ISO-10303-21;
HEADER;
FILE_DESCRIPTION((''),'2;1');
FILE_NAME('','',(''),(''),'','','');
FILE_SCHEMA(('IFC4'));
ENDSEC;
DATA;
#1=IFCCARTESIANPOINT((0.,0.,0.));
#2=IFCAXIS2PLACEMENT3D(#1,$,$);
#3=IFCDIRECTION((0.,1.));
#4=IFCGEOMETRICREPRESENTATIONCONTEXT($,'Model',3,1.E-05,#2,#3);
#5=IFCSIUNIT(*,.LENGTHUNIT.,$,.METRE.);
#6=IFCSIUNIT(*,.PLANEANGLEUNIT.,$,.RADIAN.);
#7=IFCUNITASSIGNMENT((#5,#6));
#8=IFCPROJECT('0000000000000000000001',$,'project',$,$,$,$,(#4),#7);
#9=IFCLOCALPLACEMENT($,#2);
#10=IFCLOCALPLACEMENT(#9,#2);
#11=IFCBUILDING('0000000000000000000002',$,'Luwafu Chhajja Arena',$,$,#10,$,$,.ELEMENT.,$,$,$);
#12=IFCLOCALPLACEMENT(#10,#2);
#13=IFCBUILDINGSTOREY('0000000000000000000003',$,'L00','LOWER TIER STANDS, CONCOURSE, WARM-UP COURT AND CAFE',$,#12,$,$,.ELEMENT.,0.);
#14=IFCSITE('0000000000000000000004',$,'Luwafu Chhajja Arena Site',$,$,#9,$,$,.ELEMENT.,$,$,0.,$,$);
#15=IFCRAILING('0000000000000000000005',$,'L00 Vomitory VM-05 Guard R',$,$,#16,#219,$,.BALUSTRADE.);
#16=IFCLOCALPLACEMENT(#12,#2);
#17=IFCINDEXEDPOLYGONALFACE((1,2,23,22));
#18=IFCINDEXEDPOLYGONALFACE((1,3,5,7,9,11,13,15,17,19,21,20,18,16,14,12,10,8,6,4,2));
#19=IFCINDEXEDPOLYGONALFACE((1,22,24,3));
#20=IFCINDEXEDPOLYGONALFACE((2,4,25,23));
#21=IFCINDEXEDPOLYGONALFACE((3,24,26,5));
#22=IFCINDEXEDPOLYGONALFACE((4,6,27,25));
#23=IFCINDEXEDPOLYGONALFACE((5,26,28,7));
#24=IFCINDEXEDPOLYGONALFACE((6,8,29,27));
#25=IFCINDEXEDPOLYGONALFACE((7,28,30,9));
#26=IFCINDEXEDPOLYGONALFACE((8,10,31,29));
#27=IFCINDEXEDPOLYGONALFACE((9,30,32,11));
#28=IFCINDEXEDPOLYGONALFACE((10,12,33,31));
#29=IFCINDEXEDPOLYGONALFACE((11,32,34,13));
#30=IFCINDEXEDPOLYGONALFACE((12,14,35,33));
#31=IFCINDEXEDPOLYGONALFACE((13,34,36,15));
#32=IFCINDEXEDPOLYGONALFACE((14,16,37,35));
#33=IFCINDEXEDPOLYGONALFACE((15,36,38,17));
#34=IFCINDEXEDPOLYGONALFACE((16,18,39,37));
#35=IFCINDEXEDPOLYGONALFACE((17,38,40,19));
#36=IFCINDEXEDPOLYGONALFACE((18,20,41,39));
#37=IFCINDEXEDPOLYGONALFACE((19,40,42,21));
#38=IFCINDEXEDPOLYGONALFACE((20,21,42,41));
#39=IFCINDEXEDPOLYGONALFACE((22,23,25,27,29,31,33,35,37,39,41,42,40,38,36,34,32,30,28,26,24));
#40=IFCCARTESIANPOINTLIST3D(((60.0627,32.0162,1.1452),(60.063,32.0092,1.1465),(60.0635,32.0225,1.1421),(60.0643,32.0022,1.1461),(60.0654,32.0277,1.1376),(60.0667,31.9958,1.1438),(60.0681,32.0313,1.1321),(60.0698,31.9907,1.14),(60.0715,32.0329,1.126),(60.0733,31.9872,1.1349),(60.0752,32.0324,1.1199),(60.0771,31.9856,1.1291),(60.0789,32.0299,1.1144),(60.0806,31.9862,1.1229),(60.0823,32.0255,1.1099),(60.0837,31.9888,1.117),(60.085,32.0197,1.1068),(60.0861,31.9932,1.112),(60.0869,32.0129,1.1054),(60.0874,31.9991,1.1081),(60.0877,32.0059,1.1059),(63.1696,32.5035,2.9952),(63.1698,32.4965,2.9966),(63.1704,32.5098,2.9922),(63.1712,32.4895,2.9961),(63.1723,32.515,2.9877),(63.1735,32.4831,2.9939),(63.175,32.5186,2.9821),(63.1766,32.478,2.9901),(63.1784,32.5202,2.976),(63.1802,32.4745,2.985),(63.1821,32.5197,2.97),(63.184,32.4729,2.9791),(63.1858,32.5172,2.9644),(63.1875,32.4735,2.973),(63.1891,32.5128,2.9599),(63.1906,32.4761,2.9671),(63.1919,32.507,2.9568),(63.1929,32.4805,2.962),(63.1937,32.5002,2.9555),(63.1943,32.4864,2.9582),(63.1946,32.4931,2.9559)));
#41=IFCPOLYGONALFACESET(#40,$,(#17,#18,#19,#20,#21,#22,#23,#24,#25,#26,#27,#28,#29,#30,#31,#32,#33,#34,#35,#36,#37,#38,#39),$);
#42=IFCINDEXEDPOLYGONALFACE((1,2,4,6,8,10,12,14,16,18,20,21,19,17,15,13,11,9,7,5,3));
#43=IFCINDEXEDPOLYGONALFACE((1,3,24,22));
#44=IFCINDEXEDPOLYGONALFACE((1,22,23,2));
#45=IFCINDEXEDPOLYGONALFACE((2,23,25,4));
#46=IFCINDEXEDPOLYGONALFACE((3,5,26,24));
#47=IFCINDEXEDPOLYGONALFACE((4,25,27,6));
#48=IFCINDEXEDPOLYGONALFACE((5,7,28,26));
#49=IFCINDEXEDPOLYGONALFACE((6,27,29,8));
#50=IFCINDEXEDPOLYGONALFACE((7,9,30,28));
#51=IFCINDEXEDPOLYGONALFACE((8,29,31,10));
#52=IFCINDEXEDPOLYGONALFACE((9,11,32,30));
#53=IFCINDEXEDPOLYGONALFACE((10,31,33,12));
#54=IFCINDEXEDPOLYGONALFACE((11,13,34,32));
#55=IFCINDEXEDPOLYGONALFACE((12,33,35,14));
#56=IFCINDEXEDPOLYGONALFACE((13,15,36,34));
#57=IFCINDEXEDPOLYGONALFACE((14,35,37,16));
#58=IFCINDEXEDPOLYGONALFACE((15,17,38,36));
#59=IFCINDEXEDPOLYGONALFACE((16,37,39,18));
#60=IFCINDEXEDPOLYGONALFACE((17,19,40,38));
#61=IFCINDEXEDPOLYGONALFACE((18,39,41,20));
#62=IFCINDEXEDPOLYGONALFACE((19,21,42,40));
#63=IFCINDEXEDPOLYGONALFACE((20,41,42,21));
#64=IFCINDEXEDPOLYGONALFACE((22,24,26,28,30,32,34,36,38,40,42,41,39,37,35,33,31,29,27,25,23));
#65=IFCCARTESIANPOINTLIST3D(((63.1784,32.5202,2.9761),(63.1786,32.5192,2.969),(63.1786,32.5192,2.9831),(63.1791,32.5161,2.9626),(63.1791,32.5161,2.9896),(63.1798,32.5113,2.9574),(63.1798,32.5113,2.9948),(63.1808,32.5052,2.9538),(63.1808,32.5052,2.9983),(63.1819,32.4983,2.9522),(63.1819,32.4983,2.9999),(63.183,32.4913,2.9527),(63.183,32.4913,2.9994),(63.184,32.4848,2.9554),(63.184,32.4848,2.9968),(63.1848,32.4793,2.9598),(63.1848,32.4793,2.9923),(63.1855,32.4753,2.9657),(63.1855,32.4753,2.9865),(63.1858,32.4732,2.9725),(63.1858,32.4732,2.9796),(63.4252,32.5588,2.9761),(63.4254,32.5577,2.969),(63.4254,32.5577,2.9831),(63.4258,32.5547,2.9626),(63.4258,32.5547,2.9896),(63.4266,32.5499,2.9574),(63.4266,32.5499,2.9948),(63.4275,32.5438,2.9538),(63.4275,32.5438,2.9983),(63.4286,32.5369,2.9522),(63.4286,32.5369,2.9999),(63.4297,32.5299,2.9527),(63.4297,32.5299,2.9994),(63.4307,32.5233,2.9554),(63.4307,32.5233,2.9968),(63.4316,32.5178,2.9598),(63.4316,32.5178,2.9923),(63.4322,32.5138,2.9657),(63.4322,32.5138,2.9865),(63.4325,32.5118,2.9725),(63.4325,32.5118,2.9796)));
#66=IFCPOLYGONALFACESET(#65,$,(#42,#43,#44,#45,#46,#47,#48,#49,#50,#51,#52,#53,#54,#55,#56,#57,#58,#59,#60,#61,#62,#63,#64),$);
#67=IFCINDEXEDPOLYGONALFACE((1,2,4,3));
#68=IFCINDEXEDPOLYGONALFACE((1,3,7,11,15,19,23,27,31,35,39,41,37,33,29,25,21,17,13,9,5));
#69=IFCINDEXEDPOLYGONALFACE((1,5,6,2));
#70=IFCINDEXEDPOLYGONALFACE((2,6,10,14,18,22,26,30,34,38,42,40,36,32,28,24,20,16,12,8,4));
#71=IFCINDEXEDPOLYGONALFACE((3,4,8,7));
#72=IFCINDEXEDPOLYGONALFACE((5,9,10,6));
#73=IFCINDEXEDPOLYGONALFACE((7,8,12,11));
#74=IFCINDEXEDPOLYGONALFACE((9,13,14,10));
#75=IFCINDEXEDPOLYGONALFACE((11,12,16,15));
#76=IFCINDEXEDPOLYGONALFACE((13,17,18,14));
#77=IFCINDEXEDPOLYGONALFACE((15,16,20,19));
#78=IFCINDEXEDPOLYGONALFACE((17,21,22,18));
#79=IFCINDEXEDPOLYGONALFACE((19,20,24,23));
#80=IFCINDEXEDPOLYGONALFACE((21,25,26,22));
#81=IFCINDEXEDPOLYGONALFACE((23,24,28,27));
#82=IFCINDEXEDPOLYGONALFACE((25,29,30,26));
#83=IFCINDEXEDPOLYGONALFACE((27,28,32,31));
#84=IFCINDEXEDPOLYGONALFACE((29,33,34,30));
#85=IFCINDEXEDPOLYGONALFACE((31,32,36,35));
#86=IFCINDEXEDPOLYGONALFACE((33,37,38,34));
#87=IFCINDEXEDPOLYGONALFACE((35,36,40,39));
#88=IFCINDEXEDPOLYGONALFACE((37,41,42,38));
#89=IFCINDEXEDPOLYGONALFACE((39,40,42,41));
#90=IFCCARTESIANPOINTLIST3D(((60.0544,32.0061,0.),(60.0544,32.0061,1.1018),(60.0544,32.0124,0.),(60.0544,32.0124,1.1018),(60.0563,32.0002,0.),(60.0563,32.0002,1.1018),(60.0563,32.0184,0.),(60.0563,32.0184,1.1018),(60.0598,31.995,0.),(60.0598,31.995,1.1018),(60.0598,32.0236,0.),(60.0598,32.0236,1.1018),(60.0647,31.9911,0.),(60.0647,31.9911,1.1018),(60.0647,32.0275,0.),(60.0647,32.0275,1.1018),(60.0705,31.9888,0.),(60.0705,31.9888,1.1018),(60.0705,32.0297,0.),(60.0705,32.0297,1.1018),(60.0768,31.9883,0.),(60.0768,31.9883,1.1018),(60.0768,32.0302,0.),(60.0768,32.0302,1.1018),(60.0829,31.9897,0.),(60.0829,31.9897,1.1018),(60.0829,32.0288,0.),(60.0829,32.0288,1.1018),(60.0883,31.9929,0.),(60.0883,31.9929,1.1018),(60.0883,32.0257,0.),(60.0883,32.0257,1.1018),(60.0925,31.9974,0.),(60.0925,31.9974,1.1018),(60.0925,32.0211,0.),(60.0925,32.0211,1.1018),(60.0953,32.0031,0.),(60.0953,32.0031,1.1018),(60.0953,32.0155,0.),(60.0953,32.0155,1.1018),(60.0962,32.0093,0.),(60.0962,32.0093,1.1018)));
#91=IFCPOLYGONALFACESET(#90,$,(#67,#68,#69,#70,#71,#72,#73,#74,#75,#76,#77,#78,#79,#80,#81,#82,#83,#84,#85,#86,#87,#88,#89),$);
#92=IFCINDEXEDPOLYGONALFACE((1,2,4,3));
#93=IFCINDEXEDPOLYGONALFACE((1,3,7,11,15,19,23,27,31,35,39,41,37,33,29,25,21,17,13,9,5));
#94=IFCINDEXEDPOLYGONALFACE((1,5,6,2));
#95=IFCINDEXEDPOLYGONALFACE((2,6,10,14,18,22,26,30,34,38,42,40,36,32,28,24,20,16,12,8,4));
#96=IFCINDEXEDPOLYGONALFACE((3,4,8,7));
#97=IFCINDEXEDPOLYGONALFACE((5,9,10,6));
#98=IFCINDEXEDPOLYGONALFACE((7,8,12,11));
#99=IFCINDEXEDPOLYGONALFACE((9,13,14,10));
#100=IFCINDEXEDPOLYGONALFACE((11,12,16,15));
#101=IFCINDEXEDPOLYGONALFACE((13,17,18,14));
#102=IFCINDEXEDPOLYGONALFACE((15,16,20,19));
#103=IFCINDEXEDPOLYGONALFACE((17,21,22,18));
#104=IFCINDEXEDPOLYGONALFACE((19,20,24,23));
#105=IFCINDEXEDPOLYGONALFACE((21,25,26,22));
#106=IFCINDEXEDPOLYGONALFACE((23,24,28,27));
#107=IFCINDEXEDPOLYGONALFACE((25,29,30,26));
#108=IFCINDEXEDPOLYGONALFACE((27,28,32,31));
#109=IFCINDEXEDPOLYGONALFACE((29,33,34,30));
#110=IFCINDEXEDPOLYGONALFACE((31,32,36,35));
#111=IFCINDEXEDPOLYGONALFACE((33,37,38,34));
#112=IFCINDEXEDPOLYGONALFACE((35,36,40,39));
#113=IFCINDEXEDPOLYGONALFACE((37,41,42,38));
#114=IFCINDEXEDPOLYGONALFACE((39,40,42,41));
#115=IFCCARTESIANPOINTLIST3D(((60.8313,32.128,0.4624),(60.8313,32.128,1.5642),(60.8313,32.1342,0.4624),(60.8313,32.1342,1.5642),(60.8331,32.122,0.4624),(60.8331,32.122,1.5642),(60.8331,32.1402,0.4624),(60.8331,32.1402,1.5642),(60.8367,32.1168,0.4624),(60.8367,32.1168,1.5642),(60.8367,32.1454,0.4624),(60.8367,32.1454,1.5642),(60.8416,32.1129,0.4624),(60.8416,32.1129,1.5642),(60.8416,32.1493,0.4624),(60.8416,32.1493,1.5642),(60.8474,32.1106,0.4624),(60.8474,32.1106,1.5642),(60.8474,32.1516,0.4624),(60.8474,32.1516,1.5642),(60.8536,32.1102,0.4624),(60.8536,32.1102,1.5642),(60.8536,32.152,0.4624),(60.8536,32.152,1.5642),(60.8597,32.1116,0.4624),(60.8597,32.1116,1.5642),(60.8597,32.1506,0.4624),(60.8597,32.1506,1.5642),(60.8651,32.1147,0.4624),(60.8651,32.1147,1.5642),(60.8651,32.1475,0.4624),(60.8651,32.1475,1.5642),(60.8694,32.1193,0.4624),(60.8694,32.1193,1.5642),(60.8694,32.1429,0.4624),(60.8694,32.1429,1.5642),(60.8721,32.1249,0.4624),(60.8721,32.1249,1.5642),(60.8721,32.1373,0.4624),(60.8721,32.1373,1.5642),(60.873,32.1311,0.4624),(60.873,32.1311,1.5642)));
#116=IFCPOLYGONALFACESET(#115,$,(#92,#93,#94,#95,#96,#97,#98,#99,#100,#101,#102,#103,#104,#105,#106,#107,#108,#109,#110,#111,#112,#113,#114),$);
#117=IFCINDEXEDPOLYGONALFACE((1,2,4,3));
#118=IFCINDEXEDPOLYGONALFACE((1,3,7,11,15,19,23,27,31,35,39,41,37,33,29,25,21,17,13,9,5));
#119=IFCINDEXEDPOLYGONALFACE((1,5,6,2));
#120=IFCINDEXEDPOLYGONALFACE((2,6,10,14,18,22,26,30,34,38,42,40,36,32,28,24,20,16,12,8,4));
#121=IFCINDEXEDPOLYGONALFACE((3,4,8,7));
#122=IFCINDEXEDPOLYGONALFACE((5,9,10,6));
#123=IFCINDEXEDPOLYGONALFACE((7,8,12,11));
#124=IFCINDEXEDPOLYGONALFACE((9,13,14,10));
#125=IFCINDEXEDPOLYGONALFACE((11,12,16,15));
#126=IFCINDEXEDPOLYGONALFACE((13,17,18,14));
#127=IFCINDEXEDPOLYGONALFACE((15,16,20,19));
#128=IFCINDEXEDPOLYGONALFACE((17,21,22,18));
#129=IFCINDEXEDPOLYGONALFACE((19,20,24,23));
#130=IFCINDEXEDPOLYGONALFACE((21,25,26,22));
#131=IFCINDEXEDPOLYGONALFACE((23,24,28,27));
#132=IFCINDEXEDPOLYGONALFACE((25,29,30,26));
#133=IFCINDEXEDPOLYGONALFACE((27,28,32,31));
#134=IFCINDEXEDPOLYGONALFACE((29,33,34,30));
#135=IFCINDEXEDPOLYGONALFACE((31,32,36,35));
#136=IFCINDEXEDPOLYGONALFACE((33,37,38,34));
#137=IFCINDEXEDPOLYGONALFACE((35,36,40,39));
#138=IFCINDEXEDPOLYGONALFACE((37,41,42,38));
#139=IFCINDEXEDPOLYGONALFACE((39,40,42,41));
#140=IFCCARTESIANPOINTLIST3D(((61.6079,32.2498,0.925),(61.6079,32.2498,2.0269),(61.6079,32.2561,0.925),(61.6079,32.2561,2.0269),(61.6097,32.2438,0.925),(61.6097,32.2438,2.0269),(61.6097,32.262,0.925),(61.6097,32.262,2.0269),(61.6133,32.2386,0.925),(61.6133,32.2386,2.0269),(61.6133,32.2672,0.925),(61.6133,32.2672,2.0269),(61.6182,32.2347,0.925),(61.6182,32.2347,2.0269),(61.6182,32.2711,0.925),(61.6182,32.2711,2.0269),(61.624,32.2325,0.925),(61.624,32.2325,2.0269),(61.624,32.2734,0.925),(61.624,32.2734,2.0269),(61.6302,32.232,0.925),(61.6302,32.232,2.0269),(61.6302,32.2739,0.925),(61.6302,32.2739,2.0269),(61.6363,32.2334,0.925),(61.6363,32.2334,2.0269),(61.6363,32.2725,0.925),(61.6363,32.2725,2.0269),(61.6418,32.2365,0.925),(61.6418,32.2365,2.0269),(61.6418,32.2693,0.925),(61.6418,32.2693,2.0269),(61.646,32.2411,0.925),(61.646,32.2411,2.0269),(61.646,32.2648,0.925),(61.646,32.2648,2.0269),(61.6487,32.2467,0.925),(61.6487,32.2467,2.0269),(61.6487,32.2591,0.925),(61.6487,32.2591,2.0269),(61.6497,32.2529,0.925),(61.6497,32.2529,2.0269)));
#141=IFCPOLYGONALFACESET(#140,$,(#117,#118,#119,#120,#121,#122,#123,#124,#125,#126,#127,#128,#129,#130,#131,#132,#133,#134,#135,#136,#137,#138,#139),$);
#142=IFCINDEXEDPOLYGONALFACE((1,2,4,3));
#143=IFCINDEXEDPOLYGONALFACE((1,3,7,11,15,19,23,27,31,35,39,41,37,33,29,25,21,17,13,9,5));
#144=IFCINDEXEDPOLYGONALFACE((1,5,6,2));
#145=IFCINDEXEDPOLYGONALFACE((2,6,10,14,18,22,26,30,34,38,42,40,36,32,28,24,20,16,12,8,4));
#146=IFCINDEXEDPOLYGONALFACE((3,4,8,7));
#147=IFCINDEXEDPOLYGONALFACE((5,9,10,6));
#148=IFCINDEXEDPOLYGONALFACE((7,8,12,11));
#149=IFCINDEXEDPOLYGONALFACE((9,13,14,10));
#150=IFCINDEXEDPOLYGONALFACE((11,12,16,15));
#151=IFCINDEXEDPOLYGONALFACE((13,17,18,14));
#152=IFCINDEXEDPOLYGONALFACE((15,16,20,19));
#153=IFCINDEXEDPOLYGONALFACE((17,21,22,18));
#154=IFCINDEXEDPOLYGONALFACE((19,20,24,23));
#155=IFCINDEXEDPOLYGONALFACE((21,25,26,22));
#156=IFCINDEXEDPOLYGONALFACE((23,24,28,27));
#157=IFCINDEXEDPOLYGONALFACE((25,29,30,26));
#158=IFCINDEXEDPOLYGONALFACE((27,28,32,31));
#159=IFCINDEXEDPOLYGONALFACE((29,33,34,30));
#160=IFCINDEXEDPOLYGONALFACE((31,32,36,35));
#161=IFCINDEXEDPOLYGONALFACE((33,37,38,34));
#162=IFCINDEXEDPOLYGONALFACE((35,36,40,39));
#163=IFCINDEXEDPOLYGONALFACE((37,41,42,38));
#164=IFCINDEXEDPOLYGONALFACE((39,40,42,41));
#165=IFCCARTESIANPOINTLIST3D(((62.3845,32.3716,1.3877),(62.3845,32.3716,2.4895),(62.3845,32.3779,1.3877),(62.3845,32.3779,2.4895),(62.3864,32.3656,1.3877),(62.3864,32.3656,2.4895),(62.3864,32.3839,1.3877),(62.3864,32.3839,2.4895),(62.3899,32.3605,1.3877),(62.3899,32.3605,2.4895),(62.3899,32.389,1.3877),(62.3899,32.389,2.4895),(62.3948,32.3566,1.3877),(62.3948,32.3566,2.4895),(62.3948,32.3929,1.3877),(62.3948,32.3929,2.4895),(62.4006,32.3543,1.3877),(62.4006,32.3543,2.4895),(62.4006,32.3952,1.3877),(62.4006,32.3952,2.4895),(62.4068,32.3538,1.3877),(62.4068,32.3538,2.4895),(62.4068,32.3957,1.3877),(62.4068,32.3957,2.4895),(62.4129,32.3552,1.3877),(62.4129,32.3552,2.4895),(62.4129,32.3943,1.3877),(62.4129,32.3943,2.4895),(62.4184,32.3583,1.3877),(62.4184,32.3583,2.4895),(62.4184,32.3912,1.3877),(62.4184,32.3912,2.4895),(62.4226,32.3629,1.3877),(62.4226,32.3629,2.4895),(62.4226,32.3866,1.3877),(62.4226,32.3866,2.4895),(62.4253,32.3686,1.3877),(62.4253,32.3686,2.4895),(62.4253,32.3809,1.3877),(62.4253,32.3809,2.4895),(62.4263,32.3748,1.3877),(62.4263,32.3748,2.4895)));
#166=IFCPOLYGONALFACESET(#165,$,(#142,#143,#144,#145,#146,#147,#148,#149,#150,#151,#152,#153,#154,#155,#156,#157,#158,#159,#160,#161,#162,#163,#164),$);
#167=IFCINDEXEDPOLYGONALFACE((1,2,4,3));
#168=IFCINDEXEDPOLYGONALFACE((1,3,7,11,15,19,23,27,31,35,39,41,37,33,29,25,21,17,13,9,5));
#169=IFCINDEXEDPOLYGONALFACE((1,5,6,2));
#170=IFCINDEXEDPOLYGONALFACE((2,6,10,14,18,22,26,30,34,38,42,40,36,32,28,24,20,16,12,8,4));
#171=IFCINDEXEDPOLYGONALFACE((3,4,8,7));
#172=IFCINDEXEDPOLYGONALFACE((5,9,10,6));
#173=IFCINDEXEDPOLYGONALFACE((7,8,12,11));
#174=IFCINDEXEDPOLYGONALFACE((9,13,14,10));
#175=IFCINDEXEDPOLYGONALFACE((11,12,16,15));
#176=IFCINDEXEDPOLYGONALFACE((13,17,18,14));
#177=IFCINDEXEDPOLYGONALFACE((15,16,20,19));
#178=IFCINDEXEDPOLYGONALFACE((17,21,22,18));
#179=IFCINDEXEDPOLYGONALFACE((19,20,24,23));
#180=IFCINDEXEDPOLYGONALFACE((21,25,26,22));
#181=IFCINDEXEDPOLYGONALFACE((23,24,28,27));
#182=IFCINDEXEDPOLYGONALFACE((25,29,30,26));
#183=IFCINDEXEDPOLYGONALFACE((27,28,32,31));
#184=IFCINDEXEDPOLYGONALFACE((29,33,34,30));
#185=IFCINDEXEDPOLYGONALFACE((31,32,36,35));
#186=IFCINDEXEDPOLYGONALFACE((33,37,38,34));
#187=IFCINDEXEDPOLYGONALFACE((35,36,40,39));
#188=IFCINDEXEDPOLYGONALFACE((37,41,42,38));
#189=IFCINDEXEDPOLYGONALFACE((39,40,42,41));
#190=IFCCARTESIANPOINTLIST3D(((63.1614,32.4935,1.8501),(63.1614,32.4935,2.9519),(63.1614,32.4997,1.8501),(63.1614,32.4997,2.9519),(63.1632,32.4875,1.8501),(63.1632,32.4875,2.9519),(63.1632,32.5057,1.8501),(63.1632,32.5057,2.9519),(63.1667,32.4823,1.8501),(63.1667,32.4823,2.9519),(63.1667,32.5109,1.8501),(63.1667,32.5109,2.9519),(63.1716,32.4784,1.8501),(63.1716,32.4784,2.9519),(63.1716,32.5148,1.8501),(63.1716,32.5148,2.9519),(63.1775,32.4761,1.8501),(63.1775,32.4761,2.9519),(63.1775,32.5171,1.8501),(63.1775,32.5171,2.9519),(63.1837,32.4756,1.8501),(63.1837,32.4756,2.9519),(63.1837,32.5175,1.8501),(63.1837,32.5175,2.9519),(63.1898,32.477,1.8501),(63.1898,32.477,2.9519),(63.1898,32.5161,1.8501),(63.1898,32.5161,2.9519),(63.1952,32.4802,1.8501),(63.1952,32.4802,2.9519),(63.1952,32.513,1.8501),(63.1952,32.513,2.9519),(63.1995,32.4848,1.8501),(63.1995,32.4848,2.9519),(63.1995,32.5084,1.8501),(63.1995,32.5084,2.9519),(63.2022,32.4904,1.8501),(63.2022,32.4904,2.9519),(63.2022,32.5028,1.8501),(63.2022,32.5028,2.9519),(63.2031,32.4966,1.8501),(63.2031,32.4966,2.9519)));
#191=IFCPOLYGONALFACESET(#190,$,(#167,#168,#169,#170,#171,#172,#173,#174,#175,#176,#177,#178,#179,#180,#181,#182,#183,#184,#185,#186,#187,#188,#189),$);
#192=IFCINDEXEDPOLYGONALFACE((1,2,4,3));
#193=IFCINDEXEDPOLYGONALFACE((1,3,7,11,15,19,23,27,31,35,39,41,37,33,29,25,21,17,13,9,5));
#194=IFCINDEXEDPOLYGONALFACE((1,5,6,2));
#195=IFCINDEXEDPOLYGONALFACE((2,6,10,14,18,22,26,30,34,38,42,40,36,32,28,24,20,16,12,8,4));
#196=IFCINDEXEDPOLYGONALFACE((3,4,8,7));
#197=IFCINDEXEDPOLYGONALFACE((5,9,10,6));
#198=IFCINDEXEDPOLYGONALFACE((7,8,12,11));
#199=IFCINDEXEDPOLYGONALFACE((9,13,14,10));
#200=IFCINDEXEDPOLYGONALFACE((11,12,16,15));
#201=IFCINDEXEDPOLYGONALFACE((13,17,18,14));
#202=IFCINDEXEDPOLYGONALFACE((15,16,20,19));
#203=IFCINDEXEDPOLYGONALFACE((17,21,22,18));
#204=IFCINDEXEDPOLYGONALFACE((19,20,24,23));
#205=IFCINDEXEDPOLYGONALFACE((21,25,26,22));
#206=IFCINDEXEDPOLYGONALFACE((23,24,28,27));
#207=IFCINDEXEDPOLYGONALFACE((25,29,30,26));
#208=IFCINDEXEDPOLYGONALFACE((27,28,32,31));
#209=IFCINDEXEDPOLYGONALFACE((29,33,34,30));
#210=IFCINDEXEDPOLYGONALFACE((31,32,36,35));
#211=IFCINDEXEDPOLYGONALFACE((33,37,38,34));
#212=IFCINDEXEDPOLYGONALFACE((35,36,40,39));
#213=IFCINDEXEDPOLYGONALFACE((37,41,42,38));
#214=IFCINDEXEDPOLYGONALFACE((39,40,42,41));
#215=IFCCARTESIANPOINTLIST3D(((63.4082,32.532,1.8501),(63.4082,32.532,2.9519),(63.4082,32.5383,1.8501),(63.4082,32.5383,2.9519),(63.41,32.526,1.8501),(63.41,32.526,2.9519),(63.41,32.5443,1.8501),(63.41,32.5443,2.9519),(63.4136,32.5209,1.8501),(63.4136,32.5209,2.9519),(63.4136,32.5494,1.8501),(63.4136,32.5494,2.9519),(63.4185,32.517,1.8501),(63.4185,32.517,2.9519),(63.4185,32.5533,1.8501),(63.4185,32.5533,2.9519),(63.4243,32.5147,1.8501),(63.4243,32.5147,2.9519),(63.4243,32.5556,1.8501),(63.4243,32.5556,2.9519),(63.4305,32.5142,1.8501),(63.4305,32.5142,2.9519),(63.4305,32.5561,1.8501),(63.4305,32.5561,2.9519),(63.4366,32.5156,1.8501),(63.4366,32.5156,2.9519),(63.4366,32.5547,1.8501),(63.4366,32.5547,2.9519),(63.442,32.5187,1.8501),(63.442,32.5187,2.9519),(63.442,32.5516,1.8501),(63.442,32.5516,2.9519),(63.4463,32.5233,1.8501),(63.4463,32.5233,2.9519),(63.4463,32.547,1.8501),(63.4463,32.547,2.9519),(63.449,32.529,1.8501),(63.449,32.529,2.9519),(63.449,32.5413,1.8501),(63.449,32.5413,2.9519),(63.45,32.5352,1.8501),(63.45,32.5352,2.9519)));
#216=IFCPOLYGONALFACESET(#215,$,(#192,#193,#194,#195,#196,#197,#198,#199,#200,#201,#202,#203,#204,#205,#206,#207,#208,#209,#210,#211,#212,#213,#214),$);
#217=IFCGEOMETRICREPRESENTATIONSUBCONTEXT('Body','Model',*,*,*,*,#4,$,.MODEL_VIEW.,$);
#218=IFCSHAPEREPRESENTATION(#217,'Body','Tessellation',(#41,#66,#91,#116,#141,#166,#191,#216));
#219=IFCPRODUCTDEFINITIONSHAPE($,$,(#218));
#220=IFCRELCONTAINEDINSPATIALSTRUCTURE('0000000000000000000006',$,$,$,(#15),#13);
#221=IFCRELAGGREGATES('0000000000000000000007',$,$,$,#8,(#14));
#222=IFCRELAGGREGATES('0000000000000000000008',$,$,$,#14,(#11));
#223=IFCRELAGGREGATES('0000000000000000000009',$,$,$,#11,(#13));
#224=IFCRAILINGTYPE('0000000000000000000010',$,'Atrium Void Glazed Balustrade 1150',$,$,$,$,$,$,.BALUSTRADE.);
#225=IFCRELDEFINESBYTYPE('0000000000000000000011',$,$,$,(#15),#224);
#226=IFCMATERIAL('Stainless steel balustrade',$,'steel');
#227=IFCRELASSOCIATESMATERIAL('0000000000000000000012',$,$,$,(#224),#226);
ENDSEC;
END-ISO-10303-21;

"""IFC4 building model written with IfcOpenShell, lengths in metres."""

from ifc_helpers import new_model, si_unit, direction, frame, origin, origin_2d, place, context, subcontext, project, spatial, circle, extrude, material, type_object, element, save


model = new_model("IFC4")

# Units and contexts
model_context = context("Model", 3, precision=1e-05, world=origin(), true_north=direction((0.0, 1.0)))
body_context = subcontext(model_context, "Body", "Model", "MODEL_VIEW")
ifc_project = project(units=[si_unit("LENGTHUNIT", "METRE"), si_unit("PLANEANGLEUNIT", "RADIAN")], contexts=[model_context])

# Site, building, storey
site_placement = place(None, origin())
site = spatial("IfcSite", under=ifc_project, at=site_placement, Name="Luwafu Chhajja Arena Site", CompositionType="ELEMENT", RefElevation=0.0)
building_placement = place(site_placement, origin())
building = spatial("IfcBuilding", under=site, at=building_placement, Name="Luwafu Chhajja Arena", CompositionType="ELEMENT")
storey_placement = place(building_placement, origin())
storey = spatial("IfcBuildingStorey", under=building, at=storey_placement, Name="L00", Description="LOWER TIER STANDS, CONCOURSE, WARM-UP COURT AND CAFE", CompositionType="ELEMENT", Elevation=0.0)

# Railing
ifc_material_1 = material(Name="Stainless steel balustrade", Category="steel")
railing_type_1 = type_object("IfcRailingType", Name="Atrium Void Glazed Balustrade 1150", PredefinedType="BALUSTRADE", material=ifc_material_1)
railing_1_placement = place(storey_placement, frame((60.0752, 32.0093, 0.0)))
element("IfcRailing", 1, at=railing_1_placement, inside=storey, type_object=railing_type_1, Name="L00 Vomitory VM-05 Guard R", PredefinedType="BALUSTRADE", context=body_context, shape_type="SweptSolid", body=[
    extrude(circle(Radius=0.0239, at=origin_2d()), frame((0.0, 0.0, 1.126), z_axis=(0.851507, 0.133554, 0.50705), x_axis=(-0.15495, 0.987922, 0.0)), (0.0, 0.0, 1.0), 3.6487),
    extrude(circle(Radius=0.0239, at=origin_2d()), frame((3.1069, 0.4873, 2.9761), z_axis=(0.988007, 0.154407, 0.0), x_axis=(-0.154407, 0.988007, 0.0)), (0.0, 0.0, 1.0), 0.2498),
    extrude(circle(Radius=0.021, at=origin_2d()), origin(), (0.0, 0.0, 1.0), 1.1018),
    extrude(circle(Radius=0.021, at=origin_2d()), frame((0.7769, 0.1218, 0.4624)), (0.0, 0.0, 1.0), 1.1018),
    extrude(circle(Radius=0.021, at=origin_2d()), frame((1.5535, 0.2437, 0.925)), (0.0, 0.0, 1.0), 1.1018),
    extrude(circle(Radius=0.021, at=origin_2d()), frame((2.3301, 0.3655, 1.3877)), (0.0, 0.0, 1.0), 1.1018),
    extrude(circle(Radius=0.021, at=origin_2d()), frame((3.1069, 0.4873, 1.8501)), (0.0, 0.0, 1.0), 1.1018),
    extrude(circle(Radius=0.021, at=origin_2d()), frame((3.3538, 0.5259, 1.8501)), (0.0, 0.0, 1.0), 1.1018),
])

save(model, "model.ifc")
